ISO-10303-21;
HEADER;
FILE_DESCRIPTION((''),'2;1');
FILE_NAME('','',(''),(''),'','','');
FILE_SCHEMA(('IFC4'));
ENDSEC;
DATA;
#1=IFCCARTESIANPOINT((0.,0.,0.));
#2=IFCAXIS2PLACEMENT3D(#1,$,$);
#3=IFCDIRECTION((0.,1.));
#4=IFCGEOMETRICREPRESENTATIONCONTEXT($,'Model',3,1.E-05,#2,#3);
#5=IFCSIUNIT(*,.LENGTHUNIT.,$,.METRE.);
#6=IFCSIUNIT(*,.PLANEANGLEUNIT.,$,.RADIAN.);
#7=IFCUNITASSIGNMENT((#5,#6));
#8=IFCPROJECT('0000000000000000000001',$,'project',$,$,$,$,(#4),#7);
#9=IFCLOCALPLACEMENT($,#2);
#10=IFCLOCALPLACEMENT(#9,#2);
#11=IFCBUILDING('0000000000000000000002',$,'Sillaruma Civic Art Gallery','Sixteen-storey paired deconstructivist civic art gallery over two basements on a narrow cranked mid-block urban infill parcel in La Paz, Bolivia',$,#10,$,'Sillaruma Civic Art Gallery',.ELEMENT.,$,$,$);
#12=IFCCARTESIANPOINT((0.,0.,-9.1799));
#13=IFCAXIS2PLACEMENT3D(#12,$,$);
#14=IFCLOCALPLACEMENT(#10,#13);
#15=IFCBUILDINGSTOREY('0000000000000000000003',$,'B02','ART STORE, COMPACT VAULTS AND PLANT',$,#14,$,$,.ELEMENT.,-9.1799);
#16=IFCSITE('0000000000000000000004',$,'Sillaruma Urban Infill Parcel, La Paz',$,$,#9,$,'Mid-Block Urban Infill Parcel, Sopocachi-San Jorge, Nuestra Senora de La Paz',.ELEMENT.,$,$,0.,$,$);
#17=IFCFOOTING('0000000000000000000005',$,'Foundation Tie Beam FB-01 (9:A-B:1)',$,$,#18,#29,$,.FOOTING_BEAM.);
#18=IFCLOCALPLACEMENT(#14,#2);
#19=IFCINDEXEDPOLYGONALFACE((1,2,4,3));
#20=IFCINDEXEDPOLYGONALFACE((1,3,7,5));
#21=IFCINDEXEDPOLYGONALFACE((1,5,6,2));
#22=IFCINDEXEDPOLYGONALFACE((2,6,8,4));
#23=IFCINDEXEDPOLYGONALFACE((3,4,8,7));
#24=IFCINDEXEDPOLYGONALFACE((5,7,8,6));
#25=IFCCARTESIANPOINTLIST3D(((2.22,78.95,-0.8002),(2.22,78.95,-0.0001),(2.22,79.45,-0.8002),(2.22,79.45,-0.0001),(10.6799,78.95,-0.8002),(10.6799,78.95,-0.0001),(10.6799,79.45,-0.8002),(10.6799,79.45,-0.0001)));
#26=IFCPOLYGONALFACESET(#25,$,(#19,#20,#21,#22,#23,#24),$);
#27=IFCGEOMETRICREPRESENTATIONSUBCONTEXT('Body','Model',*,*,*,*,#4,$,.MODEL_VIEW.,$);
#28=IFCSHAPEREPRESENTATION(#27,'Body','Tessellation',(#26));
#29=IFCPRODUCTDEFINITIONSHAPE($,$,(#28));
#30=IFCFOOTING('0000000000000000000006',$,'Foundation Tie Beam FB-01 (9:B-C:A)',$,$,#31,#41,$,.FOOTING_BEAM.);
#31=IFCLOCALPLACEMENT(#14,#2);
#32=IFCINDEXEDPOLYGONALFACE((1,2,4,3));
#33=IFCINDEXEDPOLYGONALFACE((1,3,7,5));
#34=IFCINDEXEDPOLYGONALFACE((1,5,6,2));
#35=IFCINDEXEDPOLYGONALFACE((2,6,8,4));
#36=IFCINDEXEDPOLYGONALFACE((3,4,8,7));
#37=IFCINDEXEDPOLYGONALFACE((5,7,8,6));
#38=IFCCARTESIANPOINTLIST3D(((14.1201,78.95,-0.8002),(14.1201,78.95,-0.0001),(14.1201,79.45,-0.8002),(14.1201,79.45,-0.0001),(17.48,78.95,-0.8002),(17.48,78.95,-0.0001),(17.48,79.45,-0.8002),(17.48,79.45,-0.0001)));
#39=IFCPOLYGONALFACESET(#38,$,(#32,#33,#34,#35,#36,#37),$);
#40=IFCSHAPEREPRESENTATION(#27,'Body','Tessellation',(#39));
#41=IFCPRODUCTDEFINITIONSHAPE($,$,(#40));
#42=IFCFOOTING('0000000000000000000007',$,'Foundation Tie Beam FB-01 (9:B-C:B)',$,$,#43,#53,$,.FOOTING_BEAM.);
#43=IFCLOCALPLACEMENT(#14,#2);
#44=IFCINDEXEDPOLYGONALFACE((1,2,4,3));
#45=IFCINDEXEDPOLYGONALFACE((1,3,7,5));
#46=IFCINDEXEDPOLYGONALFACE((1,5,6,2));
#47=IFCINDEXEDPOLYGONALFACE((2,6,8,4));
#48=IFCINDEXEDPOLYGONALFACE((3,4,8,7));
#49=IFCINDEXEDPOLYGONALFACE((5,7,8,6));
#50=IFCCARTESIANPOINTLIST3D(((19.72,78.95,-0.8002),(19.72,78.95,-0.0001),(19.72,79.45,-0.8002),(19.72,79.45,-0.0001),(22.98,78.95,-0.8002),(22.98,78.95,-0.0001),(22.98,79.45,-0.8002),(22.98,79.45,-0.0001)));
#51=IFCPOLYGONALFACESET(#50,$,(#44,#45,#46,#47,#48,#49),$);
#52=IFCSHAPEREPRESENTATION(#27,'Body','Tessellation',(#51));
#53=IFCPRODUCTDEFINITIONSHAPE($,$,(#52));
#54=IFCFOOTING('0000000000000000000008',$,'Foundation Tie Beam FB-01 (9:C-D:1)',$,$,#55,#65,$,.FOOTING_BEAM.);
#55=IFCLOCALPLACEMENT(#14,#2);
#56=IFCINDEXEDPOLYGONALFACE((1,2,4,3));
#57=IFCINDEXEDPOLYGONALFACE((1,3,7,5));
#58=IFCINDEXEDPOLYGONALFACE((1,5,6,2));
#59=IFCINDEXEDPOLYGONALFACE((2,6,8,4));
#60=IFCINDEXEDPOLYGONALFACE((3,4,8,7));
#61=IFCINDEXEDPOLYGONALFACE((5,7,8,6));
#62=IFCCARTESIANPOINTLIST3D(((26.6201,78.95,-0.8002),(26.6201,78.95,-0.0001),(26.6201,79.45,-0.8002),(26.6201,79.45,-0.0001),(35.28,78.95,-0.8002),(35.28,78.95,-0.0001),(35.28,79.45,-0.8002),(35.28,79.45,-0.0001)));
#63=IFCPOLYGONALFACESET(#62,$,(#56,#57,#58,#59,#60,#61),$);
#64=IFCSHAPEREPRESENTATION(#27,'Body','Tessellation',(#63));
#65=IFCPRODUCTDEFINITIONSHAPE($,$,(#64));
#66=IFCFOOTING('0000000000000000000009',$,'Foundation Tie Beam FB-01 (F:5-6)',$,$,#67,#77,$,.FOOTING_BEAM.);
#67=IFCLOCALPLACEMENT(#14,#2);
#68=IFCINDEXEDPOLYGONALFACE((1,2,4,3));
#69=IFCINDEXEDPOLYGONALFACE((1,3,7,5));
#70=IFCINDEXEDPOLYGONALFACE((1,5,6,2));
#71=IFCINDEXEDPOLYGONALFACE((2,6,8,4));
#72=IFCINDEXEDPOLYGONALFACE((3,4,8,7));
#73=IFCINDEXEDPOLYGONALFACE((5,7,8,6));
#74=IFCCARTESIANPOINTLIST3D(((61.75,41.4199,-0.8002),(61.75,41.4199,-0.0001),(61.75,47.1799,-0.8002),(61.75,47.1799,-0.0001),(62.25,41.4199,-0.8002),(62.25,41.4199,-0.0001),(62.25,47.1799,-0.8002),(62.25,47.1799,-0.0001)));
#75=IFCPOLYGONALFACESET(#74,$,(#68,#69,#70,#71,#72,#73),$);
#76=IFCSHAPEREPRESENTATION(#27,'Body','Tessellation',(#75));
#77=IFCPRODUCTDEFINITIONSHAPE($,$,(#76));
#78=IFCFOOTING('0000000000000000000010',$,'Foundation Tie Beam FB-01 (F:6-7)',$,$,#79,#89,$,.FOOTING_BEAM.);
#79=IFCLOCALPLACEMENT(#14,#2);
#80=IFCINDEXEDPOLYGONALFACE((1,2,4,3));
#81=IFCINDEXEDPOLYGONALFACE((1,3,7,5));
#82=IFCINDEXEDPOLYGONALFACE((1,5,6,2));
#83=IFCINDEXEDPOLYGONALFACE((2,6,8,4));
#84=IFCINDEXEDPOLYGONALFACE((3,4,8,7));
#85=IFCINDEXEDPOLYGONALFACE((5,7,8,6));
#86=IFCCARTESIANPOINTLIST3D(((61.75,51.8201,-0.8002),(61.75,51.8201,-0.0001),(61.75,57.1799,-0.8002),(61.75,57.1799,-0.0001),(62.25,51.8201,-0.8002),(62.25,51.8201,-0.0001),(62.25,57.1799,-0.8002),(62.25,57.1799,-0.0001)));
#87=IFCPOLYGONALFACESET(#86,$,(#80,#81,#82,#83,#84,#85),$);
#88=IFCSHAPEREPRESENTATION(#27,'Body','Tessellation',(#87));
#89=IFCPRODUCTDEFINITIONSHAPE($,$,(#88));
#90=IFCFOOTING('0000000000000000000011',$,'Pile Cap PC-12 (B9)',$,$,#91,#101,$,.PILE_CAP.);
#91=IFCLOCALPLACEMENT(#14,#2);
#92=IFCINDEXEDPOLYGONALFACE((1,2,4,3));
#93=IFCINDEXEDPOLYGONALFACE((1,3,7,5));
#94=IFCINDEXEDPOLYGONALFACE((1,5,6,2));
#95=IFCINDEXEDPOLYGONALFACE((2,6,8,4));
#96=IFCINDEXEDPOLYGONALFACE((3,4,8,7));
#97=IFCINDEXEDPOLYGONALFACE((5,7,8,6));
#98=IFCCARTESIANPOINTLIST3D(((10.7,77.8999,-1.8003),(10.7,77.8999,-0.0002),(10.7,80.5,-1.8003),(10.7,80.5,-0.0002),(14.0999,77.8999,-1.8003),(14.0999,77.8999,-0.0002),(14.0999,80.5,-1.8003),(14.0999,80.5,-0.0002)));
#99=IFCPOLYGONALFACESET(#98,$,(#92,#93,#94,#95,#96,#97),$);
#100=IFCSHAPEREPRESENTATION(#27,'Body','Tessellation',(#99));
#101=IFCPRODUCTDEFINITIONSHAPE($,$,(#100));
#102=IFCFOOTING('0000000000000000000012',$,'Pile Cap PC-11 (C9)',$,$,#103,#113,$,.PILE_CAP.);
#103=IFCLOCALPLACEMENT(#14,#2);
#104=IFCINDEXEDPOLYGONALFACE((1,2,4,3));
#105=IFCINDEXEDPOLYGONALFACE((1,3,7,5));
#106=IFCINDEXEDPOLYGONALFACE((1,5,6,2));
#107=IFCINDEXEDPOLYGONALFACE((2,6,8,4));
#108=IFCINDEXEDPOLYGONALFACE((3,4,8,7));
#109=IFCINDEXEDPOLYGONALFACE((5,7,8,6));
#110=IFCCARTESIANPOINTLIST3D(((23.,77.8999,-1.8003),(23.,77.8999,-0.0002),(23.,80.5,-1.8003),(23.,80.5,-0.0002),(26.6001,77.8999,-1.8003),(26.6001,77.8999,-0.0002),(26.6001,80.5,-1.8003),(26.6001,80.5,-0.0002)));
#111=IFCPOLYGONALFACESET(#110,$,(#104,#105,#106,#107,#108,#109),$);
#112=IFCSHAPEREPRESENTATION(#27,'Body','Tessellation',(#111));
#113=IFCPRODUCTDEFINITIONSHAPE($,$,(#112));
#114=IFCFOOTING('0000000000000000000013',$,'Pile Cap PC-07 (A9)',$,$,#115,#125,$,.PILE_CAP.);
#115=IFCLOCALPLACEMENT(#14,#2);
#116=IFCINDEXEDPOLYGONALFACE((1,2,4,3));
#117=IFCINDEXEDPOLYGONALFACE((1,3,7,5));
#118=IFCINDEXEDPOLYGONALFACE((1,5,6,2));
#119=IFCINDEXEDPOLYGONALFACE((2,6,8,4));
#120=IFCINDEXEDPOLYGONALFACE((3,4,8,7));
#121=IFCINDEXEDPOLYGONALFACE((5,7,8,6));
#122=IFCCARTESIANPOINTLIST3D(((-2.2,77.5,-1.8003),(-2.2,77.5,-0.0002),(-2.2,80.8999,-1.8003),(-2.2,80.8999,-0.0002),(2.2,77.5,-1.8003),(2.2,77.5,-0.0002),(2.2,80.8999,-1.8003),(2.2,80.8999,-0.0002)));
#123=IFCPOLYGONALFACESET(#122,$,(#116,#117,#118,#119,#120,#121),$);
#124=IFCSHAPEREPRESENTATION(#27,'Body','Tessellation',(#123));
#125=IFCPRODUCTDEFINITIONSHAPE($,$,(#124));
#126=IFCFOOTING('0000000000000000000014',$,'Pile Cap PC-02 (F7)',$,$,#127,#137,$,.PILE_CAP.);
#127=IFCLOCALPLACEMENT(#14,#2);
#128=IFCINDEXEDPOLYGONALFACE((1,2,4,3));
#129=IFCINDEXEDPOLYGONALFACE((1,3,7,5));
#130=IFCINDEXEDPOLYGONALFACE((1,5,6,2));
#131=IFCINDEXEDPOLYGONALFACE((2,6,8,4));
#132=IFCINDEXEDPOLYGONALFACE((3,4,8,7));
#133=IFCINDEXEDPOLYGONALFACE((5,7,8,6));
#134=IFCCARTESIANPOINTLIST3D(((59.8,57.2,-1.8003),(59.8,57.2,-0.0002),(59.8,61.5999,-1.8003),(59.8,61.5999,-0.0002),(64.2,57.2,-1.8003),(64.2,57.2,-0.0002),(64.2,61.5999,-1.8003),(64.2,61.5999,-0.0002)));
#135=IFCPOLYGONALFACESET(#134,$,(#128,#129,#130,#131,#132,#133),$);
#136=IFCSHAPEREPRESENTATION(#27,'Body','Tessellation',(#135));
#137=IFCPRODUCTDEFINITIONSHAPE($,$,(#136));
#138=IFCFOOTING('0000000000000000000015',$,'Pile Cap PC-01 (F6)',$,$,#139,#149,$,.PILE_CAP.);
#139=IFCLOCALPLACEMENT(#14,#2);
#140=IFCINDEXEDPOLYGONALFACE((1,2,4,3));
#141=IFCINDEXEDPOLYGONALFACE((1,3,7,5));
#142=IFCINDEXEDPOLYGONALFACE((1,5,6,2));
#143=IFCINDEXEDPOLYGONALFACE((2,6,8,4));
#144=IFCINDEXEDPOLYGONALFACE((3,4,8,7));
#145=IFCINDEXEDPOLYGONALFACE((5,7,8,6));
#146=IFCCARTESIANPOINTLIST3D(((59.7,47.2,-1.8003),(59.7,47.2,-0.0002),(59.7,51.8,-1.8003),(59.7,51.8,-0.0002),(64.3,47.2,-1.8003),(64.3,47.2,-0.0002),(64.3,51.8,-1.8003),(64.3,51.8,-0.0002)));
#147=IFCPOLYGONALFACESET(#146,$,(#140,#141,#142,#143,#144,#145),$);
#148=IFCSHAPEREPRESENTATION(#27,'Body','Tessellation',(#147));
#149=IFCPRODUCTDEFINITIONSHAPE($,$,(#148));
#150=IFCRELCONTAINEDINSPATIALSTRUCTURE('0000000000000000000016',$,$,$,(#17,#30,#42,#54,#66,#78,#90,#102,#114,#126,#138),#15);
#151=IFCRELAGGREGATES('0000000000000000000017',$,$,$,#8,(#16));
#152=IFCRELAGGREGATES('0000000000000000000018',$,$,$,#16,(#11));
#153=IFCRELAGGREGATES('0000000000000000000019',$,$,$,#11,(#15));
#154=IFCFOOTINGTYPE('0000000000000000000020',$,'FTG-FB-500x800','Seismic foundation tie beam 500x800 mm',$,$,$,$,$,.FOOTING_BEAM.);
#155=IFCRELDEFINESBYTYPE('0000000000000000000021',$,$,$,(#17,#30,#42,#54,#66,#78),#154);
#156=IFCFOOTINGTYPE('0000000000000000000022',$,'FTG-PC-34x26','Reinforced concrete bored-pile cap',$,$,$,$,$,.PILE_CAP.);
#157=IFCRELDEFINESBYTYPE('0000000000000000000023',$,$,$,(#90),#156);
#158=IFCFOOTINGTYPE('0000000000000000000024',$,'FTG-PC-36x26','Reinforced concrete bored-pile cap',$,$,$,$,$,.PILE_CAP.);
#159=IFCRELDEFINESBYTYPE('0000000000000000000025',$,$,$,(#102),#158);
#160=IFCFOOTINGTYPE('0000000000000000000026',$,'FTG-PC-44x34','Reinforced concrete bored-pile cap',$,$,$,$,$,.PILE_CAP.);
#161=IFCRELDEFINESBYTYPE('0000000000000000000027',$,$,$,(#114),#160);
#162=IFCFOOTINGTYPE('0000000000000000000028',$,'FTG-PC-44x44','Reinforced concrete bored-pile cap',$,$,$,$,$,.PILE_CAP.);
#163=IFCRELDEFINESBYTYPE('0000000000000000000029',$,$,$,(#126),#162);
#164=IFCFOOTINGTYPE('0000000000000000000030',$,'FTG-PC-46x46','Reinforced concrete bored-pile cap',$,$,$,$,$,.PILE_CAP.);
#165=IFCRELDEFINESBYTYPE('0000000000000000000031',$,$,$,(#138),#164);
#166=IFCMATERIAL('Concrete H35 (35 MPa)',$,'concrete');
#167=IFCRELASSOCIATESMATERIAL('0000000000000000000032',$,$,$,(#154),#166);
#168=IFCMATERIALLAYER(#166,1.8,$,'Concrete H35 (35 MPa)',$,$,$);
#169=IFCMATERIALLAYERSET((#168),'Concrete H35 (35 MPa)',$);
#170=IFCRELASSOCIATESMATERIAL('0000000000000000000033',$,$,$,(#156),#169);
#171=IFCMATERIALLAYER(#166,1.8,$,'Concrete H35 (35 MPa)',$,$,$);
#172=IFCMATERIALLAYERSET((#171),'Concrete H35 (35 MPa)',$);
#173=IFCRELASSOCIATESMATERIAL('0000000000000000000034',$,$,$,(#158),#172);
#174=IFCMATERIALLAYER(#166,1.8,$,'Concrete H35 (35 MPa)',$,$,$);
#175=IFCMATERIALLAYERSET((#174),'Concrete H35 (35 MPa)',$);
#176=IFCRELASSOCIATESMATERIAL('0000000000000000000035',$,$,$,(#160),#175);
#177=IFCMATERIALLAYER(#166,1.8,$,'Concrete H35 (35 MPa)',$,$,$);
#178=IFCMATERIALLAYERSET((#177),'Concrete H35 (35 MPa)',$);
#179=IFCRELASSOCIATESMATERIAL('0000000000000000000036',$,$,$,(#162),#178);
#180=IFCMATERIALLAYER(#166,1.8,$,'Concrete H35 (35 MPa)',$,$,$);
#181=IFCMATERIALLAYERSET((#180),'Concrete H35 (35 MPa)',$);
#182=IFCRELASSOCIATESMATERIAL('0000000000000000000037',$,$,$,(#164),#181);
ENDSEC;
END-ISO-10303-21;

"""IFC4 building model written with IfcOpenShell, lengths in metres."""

from ifc_helpers import new_model, si_unit, direction, frame, origin, origin_2d, place, context, subcontext, project, spatial, rectangle, extrude, material, layer, layer_set, material_profile, profile_set, type_object, element, save


model = new_model("IFC4")

# Units and contexts
model_context = context("Model", 3, precision=1e-05, world=origin(), true_north=direction((0.0, 1.0)))
body_context = subcontext(model_context, "Body", "Model", "MODEL_VIEW")
ifc_project = project(units=[si_unit("LENGTHUNIT", "METRE"), si_unit("PLANEANGLEUNIT", "RADIAN")], contexts=[model_context])

# Site, building, storey
site_placement = place(None, origin())
site = spatial("IfcSite", under=ifc_project, at=site_placement, Name="Sillaruma Urban Infill Parcel, La Paz", LongName="Mid-Block Urban Infill Parcel, Sopocachi-San Jorge, Nuestra Senora de La Paz", CompositionType="ELEMENT", RefElevation=0.0)
building_placement = place(site_placement, origin())
building = spatial("IfcBuilding", under=site, at=building_placement, Name="Sillaruma Civic Art Gallery", Description="Sixteen-storey paired deconstructivist civic art gallery over two basements on a narrow cranked mid-block urban infill parcel in La Paz, Bolivia", LongName="Sillaruma Civic Art Gallery", CompositionType="ELEMENT")
storey_placement = place(building_placement, frame((0.0, 0.0, -9.1799)))
storey = spatial("IfcBuildingStorey", under=building, at=storey_placement, Name="B02", Description="ART STORE, COMPACT VAULTS AND PLANT", CompositionType="ELEMENT", Elevation=-9.1799)

# Footings
ifc_material_1 = material(Name="Concrete H35 (35 MPa)", Category="concrete")
ifc_material_profile_1 = material_profile(ifc_material_1, rectangle(XDim=0.5, YDim=0.8, at=origin_2d()), Name="RCB500x800")
ifc_profile_set_1 = profile_set([ifc_material_profile_1], Name="Concrete H35 (35 MPa)")
footing_type_1 = type_object("IfcFootingType", Name="FTG-FB-500x800", Description="Seismic foundation tie beam 500x800 mm", PredefinedType="FOOTING_BEAM", material=ifc_profile_set_1)
footing_1_placement = place(storey_placement, frame((2.22, 79.2, -0.4001), z_axis=(1.0, 0.0, 0.0), x_axis=(0.0, 1.0, 0.0)))
element("IfcFooting", 1, at=footing_1_placement, inside=storey, type_object=footing_type_1, Name="Foundation Tie Beam FB-01 (9:A-B:1)", PredefinedType="FOOTING_BEAM", context=body_context, shape_type="SweptSolid", body=[
    extrude(rectangle(XDim=0.5, YDim=0.8, at=origin_2d()), origin(), (0.0, 0.0, 1.0), 8.46),
])
footing_2_placement = place(storey_placement, frame((14.1201, 79.2, -0.4001), z_axis=(1.0, 0.0, 0.0), x_axis=(0.0, 1.0, 0.0)))
element("IfcFooting", 2, at=footing_2_placement, inside=storey, type_object=footing_type_1, Name="Foundation Tie Beam FB-01 (9:B-C:A)", PredefinedType="FOOTING_BEAM", context=body_context, shape_type="SweptSolid", body=[
    extrude(rectangle(XDim=0.5, YDim=0.8, at=origin_2d()), origin(), (0.0, 0.0, 1.0), 3.3599),
])
footing_3_placement = place(storey_placement, frame((19.72, 79.2, -0.4001), z_axis=(1.0, 0.0, 0.0), x_axis=(0.0, 1.0, 0.0)))
element("IfcFooting", 3, at=footing_3_placement, inside=storey, type_object=footing_type_1, Name="Foundation Tie Beam FB-01 (9:B-C:B)", PredefinedType="FOOTING_BEAM", context=body_context, shape_type="SweptSolid", body=[
    extrude(rectangle(XDim=0.5, YDim=0.8, at=origin_2d()), origin(), (0.0, 0.0, 1.0), 3.26),
])
footing_4_placement = place(storey_placement, frame((26.6201, 79.2, -0.4001), z_axis=(1.0, 0.0, 0.0), x_axis=(0.0, 1.0, 0.0)))
element("IfcFooting", 4, at=footing_4_placement, inside=storey, type_object=footing_type_1, Name="Foundation Tie Beam FB-01 (9:C-D:1)", PredefinedType="FOOTING_BEAM", context=body_context, shape_type="SweptSolid", body=[
    extrude(rectangle(XDim=0.5, YDim=0.8, at=origin_2d()), origin(), (0.0, 0.0, 1.0), 8.6599),
])
footing_5_placement = place(storey_placement, frame((62.0, 41.4199, -0.4001), z_axis=(0.0, 1.0, 0.0), x_axis=(-1.0, 0.0, 0.0)))
element("IfcFooting", 5, at=footing_5_placement, inside=storey, type_object=footing_type_1, Name="Foundation Tie Beam FB-01 (F:5-6)", PredefinedType="FOOTING_BEAM", context=body_context, shape_type="SweptSolid", body=[
    extrude(rectangle(XDim=0.5, YDim=0.8, at=origin_2d()), origin(), (0.0, 0.0, 1.0), 5.76),
])
footing_6_placement = place(storey_placement, frame((62.0, 51.8201, -0.4001), z_axis=(0.0, 1.0, 0.0), x_axis=(-1.0, 0.0, 0.0)))
element("IfcFooting", 6, at=footing_6_placement, inside=storey, type_object=footing_type_1, Name="Foundation Tie Beam FB-01 (F:6-7)", PredefinedType="FOOTING_BEAM", context=body_context, shape_type="SweptSolid", body=[
    extrude(rectangle(XDim=0.5, YDim=0.8, at=origin_2d()), origin(), (0.0, 0.0, 1.0), 5.3599),
])
ifc_layer_1 = layer(ifc_material_1, 1.8, Name="Concrete H35 (35 MPa)")
ifc_layer_set_1 = layer_set([ifc_layer_1], Name="Concrete H35 (35 MPa)")
footing_type_2 = type_object("IfcFootingType", Name="FTG-PC-34x26", Description="Reinforced concrete bored-pile cap", PredefinedType="PILE_CAP", material=ifc_layer_set_1)
footing_7_placement = place(storey_placement, frame((12.3999, 79.2, -1.8003), z_axis=(0.0, 0.0, 1.0), x_axis=(1.0, 0.0, 0.0)))
element("IfcFooting", 7, at=footing_7_placement, inside=storey, type_object=footing_type_2, Name="Pile Cap PC-12 (B9)", PredefinedType="PILE_CAP", context=body_context, shape_type="SweptSolid", body=[
    extrude(rectangle(XDim=3.3999, YDim=2.6001, at=origin_2d()), origin(), (0.0, 0.0, 1.0), 1.8),
])
ifc_layer_2 = layer(ifc_material_1, 1.8, Name="Concrete H35 (35 MPa)")
ifc_layer_set_2 = layer_set([ifc_layer_2], Name="Concrete H35 (35 MPa)")
footing_type_3 = type_object("IfcFootingType", Name="FTG-PC-36x26", Description="Reinforced concrete bored-pile cap", PredefinedType="PILE_CAP", material=ifc_layer_set_2)
footing_8_placement = place(storey_placement, frame((24.8, 79.2, -1.8003), z_axis=(0.0, 0.0, 1.0), x_axis=(1.0, 0.0, 0.0)))
element("IfcFooting", 8, at=footing_8_placement, inside=storey, type_object=footing_type_3, Name="Pile Cap PC-11 (C9)", PredefinedType="PILE_CAP", context=body_context, shape_type="SweptSolid", body=[
    extrude(rectangle(XDim=3.6001, YDim=2.6001, at=origin_2d()), origin(), (0.0, 0.0, 1.0), 1.8),
])
ifc_layer_3 = layer(ifc_material_1, 1.8, Name="Concrete H35 (35 MPa)")
ifc_layer_set_3 = layer_set([ifc_layer_3], Name="Concrete H35 (35 MPa)")
footing_type_4 = type_object("IfcFootingType", Name="FTG-PC-44x34", Description="Reinforced concrete bored-pile cap", PredefinedType="PILE_CAP", material=ifc_layer_set_3)
footing_9_placement = place(storey_placement, frame((0.0, 79.2, -1.8003), z_axis=(0.0, 0.0, 1.0), x_axis=(1.0, 0.0, 0.0)))
element("IfcFooting", 9, at=footing_9_placement, inside=storey, type_object=footing_type_4, Name="Pile Cap PC-07 (A9)", PredefinedType="PILE_CAP", context=body_context, shape_type="SweptSolid", body=[
    extrude(rectangle(XDim=4.3999, YDim=3.3999, at=origin_2d()), origin(), (0.0, 0.0, 1.0), 1.8),
])
ifc_layer_4 = layer(ifc_material_1, 1.8, Name="Concrete H35 (35 MPa)")
ifc_layer_set_4 = layer_set([ifc_layer_4], Name="Concrete H35 (35 MPa)")
footing_type_5 = type_object("IfcFootingType", Name="FTG-PC-44x44", Description="Reinforced concrete bored-pile cap", PredefinedType="PILE_CAP", material=ifc_layer_set_4)
footing_10_placement = place(storey_placement, frame((62.0, 59.3999, -1.8003), z_axis=(0.0, 0.0, 1.0), x_axis=(1.0, 0.0, 0.0)))
element("IfcFooting", 10, at=footing_10_placement, inside=storey, type_object=footing_type_5, Name="Pile Cap PC-02 (F7)", PredefinedType="PILE_CAP", context=body_context, shape_type="SweptSolid", body=[
    extrude(rectangle(XDim=4.3999, YDim=4.3999, at=origin_2d()), origin(), (0.0, 0.0, 1.0), 1.8),
])
ifc_layer_5 = layer(ifc_material_1, 1.8, Name="Concrete H35 (35 MPa)")
ifc_layer_set_5 = layer_set([ifc_layer_5], Name="Concrete H35 (35 MPa)")
footing_type_6 = type_object("IfcFootingType", Name="FTG-PC-46x46", Description="Reinforced concrete bored-pile cap", PredefinedType="PILE_CAP", material=ifc_layer_set_5)
footing_11_placement = place(storey_placement, frame((62.0, 49.5, -1.8003), z_axis=(0.0, 0.0, 1.0), x_axis=(1.0, 0.0, 0.0)))
element("IfcFooting", 11, at=footing_11_placement, inside=storey, type_object=footing_type_6, Name="Pile Cap PC-01 (F6)", PredefinedType="PILE_CAP", context=body_context, shape_type="SweptSolid", body=[
    extrude(rectangle(XDim=4.6001, YDim=4.6001, at=origin_2d()), origin(), (0.0, 0.0, 1.0), 1.8),
])

save(model, "model.ifc")
